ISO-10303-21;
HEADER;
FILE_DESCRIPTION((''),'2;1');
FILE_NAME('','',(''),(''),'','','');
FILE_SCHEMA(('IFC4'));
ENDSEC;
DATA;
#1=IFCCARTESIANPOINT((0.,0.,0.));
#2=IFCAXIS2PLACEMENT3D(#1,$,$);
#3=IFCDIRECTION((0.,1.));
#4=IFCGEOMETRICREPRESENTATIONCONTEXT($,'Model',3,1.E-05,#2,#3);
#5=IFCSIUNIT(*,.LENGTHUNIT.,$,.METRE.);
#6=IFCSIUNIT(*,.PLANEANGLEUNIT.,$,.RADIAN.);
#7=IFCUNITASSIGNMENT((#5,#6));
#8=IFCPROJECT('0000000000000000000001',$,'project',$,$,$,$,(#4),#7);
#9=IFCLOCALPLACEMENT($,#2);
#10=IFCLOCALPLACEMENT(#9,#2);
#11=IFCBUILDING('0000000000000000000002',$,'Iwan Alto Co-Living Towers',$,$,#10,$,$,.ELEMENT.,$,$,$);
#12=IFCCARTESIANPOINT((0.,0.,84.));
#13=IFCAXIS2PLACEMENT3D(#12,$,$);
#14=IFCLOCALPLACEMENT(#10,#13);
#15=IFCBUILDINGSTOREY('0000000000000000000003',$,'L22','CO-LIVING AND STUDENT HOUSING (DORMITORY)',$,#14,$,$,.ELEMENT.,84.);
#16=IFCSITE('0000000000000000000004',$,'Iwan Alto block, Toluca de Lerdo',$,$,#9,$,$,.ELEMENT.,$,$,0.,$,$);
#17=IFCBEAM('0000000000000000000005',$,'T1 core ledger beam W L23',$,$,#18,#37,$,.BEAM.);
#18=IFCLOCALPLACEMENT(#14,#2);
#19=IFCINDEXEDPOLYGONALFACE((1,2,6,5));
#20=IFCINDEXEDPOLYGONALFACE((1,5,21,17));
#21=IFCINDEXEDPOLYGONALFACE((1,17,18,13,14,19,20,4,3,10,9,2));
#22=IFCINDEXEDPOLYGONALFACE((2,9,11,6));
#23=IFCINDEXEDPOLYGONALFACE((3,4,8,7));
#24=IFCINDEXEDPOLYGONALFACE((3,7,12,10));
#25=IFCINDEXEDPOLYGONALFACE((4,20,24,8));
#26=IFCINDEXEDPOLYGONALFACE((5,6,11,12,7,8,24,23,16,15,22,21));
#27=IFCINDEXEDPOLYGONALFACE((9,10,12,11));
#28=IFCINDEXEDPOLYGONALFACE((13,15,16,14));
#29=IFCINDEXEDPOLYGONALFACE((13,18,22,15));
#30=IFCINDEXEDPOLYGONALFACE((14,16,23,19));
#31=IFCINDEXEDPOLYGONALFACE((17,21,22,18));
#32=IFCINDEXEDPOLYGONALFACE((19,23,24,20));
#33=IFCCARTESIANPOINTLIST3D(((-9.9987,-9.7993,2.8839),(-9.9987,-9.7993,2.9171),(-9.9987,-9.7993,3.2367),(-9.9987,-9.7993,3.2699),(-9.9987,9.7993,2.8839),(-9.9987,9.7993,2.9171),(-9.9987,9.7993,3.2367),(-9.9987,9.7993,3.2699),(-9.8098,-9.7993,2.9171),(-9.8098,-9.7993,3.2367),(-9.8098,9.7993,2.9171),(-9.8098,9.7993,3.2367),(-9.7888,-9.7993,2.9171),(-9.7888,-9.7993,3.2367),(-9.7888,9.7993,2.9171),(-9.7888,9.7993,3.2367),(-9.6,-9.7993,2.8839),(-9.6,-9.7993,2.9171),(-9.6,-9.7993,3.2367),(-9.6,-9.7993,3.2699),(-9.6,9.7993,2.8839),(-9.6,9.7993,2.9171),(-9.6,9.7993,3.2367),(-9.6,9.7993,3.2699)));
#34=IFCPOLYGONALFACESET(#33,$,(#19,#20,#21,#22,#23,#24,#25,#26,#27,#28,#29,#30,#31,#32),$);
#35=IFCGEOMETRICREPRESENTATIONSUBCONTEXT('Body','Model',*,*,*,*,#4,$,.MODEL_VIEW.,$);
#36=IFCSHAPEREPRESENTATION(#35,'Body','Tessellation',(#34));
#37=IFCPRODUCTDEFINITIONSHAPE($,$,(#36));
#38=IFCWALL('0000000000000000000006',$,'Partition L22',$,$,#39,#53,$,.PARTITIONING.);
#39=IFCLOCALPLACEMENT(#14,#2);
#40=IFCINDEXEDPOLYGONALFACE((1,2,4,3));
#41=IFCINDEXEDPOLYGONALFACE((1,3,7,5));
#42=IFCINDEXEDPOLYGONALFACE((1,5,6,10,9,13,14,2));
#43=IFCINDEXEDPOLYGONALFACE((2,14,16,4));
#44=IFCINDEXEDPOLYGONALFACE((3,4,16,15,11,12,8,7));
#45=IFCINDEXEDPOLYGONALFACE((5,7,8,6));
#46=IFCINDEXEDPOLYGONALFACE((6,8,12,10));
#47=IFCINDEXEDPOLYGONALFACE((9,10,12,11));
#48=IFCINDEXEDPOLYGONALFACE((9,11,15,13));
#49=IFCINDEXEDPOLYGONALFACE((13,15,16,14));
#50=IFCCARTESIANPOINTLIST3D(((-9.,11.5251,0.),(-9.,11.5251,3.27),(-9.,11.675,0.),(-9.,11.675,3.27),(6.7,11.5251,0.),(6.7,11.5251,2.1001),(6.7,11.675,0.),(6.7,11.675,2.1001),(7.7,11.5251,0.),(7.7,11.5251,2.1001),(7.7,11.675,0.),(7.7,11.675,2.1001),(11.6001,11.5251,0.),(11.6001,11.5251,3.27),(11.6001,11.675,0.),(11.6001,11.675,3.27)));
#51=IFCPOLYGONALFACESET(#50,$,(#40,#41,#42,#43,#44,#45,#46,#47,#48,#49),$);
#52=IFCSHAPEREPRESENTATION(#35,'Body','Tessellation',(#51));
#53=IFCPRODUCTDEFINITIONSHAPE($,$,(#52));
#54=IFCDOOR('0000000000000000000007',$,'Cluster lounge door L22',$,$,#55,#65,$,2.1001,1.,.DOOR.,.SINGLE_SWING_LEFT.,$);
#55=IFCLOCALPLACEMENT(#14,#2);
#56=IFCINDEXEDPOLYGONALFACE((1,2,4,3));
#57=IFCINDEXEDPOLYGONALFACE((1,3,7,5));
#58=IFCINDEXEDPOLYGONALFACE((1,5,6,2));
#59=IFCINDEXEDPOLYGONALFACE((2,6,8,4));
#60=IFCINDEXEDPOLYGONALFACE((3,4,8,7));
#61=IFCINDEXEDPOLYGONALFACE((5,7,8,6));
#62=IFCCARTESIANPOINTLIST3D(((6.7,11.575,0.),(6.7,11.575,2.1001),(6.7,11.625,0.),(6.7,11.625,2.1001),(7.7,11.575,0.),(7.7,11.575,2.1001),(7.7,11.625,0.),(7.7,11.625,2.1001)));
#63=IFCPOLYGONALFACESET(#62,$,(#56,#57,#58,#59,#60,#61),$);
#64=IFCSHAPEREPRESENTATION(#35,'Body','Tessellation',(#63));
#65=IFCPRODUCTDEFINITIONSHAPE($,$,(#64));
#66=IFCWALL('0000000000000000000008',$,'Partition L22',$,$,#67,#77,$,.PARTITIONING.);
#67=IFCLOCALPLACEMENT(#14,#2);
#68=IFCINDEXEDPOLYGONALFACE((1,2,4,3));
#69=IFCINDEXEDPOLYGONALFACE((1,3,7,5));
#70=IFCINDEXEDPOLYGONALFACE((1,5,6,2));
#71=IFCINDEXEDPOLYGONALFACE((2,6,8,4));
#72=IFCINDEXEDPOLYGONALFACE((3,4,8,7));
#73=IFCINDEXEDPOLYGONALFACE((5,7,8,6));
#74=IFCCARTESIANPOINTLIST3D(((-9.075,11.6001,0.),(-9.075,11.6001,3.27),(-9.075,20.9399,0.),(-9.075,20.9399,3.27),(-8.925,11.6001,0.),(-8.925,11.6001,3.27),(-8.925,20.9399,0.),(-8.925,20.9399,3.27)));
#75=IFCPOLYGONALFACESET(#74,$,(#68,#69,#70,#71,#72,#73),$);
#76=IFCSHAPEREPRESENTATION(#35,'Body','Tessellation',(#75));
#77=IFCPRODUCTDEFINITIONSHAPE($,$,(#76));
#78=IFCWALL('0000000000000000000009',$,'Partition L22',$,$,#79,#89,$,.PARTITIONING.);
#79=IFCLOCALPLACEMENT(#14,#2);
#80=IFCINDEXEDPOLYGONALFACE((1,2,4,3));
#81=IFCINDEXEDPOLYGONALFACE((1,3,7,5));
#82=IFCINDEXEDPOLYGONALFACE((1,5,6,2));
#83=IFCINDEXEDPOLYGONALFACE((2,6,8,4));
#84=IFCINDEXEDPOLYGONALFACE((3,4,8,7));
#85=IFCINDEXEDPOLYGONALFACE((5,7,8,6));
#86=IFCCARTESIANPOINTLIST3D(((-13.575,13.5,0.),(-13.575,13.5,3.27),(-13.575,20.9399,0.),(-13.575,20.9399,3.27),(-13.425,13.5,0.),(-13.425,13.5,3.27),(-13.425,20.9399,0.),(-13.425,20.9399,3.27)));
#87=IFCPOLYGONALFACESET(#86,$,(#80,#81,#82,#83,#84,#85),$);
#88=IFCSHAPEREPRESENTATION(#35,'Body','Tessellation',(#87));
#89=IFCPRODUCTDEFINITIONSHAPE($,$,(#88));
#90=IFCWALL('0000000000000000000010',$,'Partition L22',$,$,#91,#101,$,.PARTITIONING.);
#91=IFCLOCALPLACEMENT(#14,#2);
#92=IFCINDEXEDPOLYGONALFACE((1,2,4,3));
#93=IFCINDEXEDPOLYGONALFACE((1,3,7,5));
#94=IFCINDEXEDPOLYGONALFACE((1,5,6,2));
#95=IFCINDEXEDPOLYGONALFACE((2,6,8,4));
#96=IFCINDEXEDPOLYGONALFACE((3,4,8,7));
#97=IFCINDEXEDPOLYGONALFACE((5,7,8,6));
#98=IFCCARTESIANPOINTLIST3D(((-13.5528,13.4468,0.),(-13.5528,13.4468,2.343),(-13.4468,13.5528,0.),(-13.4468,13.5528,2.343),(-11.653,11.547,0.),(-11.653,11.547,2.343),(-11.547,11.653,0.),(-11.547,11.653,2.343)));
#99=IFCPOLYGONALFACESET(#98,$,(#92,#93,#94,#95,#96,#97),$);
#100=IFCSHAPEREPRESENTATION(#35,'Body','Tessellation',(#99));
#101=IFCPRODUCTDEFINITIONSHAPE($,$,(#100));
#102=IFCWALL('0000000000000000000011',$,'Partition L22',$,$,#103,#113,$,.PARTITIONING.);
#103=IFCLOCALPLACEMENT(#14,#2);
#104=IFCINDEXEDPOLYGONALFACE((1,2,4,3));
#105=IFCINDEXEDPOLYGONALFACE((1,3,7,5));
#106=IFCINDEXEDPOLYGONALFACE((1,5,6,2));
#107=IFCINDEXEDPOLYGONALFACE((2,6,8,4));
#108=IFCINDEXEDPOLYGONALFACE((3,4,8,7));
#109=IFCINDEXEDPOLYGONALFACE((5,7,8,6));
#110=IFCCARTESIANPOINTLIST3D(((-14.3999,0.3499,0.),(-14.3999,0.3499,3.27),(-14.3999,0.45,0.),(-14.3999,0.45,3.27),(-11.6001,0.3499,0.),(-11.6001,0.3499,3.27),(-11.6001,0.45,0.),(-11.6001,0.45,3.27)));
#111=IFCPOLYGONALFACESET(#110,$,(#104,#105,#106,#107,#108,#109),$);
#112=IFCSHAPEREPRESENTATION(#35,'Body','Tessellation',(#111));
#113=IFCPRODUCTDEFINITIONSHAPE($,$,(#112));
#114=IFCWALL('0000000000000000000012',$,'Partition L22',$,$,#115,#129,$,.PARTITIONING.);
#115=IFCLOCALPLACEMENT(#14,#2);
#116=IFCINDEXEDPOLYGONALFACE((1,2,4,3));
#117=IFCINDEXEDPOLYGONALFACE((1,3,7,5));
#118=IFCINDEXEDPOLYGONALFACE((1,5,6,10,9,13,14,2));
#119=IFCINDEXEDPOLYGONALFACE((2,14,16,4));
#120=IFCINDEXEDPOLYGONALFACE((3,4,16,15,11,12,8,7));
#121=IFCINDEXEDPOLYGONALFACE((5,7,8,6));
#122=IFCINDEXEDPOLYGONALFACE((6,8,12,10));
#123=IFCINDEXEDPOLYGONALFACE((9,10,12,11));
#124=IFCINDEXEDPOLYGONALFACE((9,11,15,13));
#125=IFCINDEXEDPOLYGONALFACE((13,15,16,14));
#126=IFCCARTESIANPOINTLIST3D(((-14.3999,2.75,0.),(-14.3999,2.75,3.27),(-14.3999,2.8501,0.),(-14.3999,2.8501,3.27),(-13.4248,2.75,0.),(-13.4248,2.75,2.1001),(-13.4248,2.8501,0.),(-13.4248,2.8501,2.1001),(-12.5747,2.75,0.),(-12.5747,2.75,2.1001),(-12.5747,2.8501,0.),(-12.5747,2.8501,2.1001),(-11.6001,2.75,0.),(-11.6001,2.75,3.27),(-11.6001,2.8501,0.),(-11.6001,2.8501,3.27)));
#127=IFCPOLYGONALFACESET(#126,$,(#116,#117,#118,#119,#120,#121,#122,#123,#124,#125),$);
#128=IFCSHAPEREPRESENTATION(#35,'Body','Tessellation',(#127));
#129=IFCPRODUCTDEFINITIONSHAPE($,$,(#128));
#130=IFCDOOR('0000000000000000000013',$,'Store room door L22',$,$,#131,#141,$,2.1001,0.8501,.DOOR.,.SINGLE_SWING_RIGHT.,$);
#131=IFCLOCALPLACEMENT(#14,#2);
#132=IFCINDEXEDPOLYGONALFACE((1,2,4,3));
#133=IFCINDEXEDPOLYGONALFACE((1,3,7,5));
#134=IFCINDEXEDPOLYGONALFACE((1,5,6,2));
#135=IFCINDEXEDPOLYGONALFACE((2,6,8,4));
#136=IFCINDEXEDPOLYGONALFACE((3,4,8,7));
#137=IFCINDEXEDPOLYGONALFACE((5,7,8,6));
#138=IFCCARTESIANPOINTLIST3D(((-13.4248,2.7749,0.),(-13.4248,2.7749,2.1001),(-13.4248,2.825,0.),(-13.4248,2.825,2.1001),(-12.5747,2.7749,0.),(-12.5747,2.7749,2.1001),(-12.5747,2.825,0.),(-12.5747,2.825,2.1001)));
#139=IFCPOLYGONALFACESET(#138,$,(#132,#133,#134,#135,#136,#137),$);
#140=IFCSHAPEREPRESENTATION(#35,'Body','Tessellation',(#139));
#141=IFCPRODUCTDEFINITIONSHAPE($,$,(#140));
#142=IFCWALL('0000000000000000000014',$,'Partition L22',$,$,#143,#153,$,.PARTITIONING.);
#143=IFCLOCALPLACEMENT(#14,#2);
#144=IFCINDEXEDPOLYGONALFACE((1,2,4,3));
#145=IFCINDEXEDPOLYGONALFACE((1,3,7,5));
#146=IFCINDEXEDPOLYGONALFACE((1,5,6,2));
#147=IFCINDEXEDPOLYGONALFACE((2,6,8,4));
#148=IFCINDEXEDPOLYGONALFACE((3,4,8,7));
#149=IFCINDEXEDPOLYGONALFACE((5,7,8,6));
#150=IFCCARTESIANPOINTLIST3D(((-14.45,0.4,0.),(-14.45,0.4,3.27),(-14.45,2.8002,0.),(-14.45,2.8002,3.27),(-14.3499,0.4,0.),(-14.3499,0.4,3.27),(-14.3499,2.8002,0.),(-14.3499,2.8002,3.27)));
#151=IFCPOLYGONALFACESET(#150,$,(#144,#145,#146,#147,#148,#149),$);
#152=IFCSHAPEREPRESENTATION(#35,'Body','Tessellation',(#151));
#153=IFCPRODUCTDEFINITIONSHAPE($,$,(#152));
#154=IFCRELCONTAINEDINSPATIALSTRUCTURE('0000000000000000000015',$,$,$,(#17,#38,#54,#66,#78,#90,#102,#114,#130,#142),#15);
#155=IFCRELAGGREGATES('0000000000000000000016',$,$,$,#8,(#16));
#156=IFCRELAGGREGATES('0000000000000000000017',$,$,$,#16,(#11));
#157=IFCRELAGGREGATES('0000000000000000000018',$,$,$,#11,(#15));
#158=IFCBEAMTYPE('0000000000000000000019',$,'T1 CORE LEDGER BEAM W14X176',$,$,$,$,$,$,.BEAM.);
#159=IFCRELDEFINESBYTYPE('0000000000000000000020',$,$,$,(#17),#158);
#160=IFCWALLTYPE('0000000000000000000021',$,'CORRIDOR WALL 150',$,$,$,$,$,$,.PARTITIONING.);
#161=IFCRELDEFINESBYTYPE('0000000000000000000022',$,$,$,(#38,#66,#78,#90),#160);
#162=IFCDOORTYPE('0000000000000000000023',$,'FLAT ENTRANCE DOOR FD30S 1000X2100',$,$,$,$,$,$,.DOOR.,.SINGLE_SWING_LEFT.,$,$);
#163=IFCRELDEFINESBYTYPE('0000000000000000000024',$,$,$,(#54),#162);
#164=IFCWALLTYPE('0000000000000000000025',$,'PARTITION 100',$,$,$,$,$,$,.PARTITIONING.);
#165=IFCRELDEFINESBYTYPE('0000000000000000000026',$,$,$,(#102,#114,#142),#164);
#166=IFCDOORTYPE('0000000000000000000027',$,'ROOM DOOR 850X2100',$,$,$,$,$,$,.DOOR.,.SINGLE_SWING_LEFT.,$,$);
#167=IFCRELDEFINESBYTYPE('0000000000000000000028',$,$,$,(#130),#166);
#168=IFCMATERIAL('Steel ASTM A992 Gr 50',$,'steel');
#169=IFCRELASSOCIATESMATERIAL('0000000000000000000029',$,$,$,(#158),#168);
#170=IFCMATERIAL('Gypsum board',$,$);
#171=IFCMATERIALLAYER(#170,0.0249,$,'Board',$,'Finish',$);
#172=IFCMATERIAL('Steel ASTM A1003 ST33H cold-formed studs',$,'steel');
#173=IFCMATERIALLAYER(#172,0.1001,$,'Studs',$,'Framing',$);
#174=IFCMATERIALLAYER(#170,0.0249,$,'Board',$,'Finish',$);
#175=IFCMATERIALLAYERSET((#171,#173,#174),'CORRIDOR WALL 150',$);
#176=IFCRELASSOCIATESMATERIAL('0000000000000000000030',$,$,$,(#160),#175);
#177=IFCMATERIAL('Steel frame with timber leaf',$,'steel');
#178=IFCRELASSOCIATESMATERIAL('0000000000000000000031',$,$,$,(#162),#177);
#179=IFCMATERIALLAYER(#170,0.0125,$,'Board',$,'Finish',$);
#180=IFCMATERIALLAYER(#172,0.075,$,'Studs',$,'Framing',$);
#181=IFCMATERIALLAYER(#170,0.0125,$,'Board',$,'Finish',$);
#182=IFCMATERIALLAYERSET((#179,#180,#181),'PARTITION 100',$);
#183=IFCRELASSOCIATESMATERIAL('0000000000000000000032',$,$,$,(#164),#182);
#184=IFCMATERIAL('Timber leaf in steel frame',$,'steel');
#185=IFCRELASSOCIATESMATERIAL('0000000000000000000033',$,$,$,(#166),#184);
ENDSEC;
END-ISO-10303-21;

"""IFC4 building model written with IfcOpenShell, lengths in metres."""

from ifc_helpers import new_model, si_unit, direction, frame, frame_2d, origin, origin_2d, place, context, subcontext, project, spatial, rectangle, i_section, extrude, material, layer, layer_set, material_profile, profile_set, type_object, element, fill, save


model = new_model("IFC4")

# Units and contexts
model_context = context("Model", 3, precision=1e-05, world=origin(), true_north=direction((0.0, 1.0)))
body_context = subcontext(model_context, "Body", "Model", "MODEL_VIEW")
ifc_project = project(units=[si_unit("LENGTHUNIT", "METRE"), si_unit("PLANEANGLEUNIT", "RADIAN")], contexts=[model_context])

# Site, building, storey
site_placement = place(None, origin())
site = spatial("IfcSite", under=ifc_project, at=site_placement, Name="Iwan Alto block, Toluca de Lerdo", CompositionType="ELEMENT", RefElevation=0.0)
building_placement = place(site_placement, origin())
building = spatial("IfcBuilding", under=site, at=building_placement, Name="Iwan Alto Co-Living Towers", CompositionType="ELEMENT")
storey_placement = place(building_placement, frame((0.0, 0.0, 84.0)))
storey = spatial("IfcBuildingStorey", under=building, at=storey_placement, Name="L22", Description="CO-LIVING AND STUDENT HOUSING (DORMITORY)", CompositionType="ELEMENT", Elevation=84.0)

# Beam
ifc_material_1 = material(Name="Steel ASTM A992 Gr 50", Category="steel")
ifc_material_profile = material_profile(ifc_material_1, i_section(OverallWidth=0.3987, OverallDepth=0.386, WebThickness=0.021, FlangeThickness=0.0332, at=origin_2d()), Name="W14X176")
ifc_profile_set = profile_set([ifc_material_profile], Name="Steel ASTM A992 Gr 50")
beam_type = type_object("IfcBeamType", Name="T1 CORE LEDGER BEAM W14X176", PredefinedType="BEAM", material=ifc_profile_set)
beam_placement = place(storey_placement, frame((-9.7993, 9.7993, 3.0769), z_axis=(0.0, -1.0, 0.0), x_axis=(1.0, 0.0, 0.0)))
element("IfcBeam", 1, at=beam_placement, inside=storey, type_object=beam_type, Name="T1 core ledger beam W L23", PredefinedType="BEAM", context=body_context, shape_type="SweptSolid", body=[
    extrude(i_section(OverallWidth=0.3987, OverallDepth=0.386, WebThickness=0.021, FlangeThickness=0.0332, at=origin_2d()), origin(), (0.0, 0.0, 1.0), 19.5986),
])

# Wall, opening, door
ifc_material_2 = material(Name="Gypsum board")
ifc_layer_1 = layer(ifc_material_2, 0.0249, Name="Board", Category="Finish")
ifc_material_3 = material(Name="Steel ASTM A1003 ST33H cold-formed studs", Category="steel")
ifc_layer_2 = layer(ifc_material_3, 0.1001, Name="Studs", Category="Framing")
ifc_layer_3 = layer(ifc_material_2, 0.0249, Name="Board", Category="Finish")
ifc_layer_set_1 = layer_set([ifc_layer_1, ifc_layer_2, ifc_layer_3], Name="CORRIDOR WALL 150")
wall_type_1 = type_object("IfcWallType", Name="CORRIDOR WALL 150", PredefinedType="PARTITIONING", material=ifc_layer_set_1)
wall_1_placement = place(storey_placement, frame((-9.0, 11.6001, 0.0), z_axis=(0.0, 0.0, 1.0), x_axis=(1.0, 0.0, 0.0)))
wall_1 = element("IfcWall", 2, at=wall_1_placement, inside=storey, type_object=wall_type_1, Name="Partition L22", PredefinedType="PARTITIONING", context=body_context, shape_type="SweptSolid", body=[
    extrude(rectangle(XDim=20.6001, YDim=0.1499, at=frame_2d((10.3, 0.0))), origin(), (0.0, 0.0, 1.0), 3.27),
])
opening_1_placement = place(wall_1_placement, frame((15.7, 0.0, 0.0)))
opening_1 = element("IfcOpeningElement", 3, at=opening_1_placement, cuts=wall_1, PredefinedType="OPENING", context=body_context, shape_type="SweptSolid", body=[
    extrude(rectangle(XDim=1.0, YDim=2.1001, at=frame_2d((0.5, 1.05))), frame((0.0, 0.085, 0.0), z_axis=(0.0, -1.0, 0.0), x_axis=(1.0, 0.0, 0.0)), (0.0, 0.0, 1.0), 0.1699),
])
ifc_material_4 = material(Name="Steel frame with timber leaf", Category="steel")
door_type_1 = type_object("IfcDoorType", Name="FLAT ENTRANCE DOOR FD30S 1000X2100", OperationType="SINGLE_SWING_LEFT", PredefinedType="DOOR", material=ifc_material_4)
door_1_placement = place(opening_1_placement, origin())
door_1 = element("IfcDoor", 4, at=door_1_placement, inside=storey, type_object=door_type_1, Name="Cluster lounge door L22", OperationType="SINGLE_SWING_LEFT", OverallHeight=2.1001, OverallWidth=1.0, PredefinedType="DOOR", context=body_context, shape_type="SweptSolid", body=[
    extrude(rectangle(XDim=1.0, YDim=2.1001, at=frame_2d((0.5, 1.05))), frame((0.0, 0.0249, 0.0), z_axis=(0.0, -1.0, 0.0), x_axis=(1.0, 0.0, 0.0)), (0.0, 0.0, 1.0), 0.05),
])
fill(opening_1, door_1)

# Walls
wall_2_placement = place(storey_placement, frame((-9.0, 11.6001, 0.0), z_axis=(0.0, 0.0, 1.0), x_axis=(0.0, 1.0, 0.0)))
element("IfcWall", 5, at=wall_2_placement, inside=storey, type_object=wall_type_1, Name="Partition L22", PredefinedType="PARTITIONING", context=body_context, shape_type="SweptSolid", body=[
    extrude(rectangle(XDim=9.3398, YDim=0.1499, at=frame_2d((4.6699, 0.0))), origin(), (0.0, 0.0, 1.0), 3.27),
])
wall_3_placement = place(storey_placement, frame((-13.5, 13.5, 0.0), z_axis=(0.0, 0.0, 1.0), x_axis=(0.0, 1.0, 0.0)))
element("IfcWall", 6, at=wall_3_placement, inside=storey, type_object=wall_type_1, Name="Partition L22", PredefinedType="PARTITIONING", context=body_context, shape_type="SweptSolid", body=[
    extrude(rectangle(XDim=7.4399, YDim=0.1499, at=frame_2d((3.72, 0.0))), origin(), (0.0, 0.0, 1.0), 3.27),
])
wall_4_placement = place(storey_placement, frame((-11.6001, 11.6001, 0.0), z_axis=(0.0, 0.0, 1.0), x_axis=(-0.707107, 0.707107, 0.0)))
element("IfcWall", 7, at=wall_4_placement, inside=storey, type_object=wall_type_1, Name="Partition L22", PredefinedType="PARTITIONING", context=body_context, shape_type="SweptSolid", body=[
    extrude(rectangle(XDim=2.6868, YDim=0.1499, at=frame_2d((1.3433, 0.0))), origin(), (0.0, 0.0, 1.0), 2.343),
])
ifc_layer_4 = layer(ifc_material_2, 0.0125, Name="Board", Category="Finish")
ifc_layer_5 = layer(ifc_material_3, 0.075, Name="Studs", Category="Framing")
ifc_layer_6 = layer(ifc_material_2, 0.0125, Name="Board", Category="Finish")
ifc_layer_set_2 = layer_set([ifc_layer_4, ifc_layer_5, ifc_layer_6], Name="PARTITION 100")
wall_type_2 = type_object("IfcWallType", Name="PARTITION 100", PredefinedType="PARTITIONING", material=ifc_layer_set_2)
wall_5_placement = place(storey_placement, frame((-14.3999, 0.3999, 0.0), z_axis=(0.0, 0.0, 1.0), x_axis=(1.0, 0.0, 0.0)))
element("IfcWall", 8, at=wall_5_placement, inside=storey, type_object=wall_type_2, Name="Partition L22", PredefinedType="PARTITIONING", context=body_context, shape_type="SweptSolid", body=[
    extrude(rectangle(XDim=2.7998, YDim=0.1001, at=frame_2d((1.3999, 0.0))), origin(), (0.0, 0.0, 1.0), 3.27),
])

# Wall, opening, door
wall_6_placement = place(storey_placement, frame((-14.3999, 2.8, 0.0), z_axis=(0.0, 0.0, 1.0), x_axis=(1.0, 0.0, 0.0)))
wall_6 = element("IfcWall", 9, at=wall_6_placement, inside=storey, type_object=wall_type_2, Name="Partition L22", PredefinedType="PARTITIONING", context=body_context, shape_type="SweptSolid", body=[
    extrude(rectangle(XDim=2.7998, YDim=0.1001, at=frame_2d((1.3999, 0.0))), origin(), (0.0, 0.0, 1.0), 3.27),
])
opening_2_placement = place(wall_6_placement, frame((0.9751, 0.0, 0.0)))
opening_2 = element("IfcOpeningElement", 10, at=opening_2_placement, cuts=wall_6, PredefinedType="OPENING", context=body_context, shape_type="SweptSolid", body=[
    extrude(rectangle(XDim=0.8501, YDim=2.1001, at=frame_2d((0.425, 1.05))), frame((0.0, 0.0601, 0.0), z_axis=(0.0, -1.0, 0.0), x_axis=(1.0, 0.0, 0.0)), (0.0, 0.0, 1.0), 0.1201),
])
ifc_material_5 = material(Name="Timber leaf in steel frame", Category="steel")
door_type_2 = type_object("IfcDoorType", Name="ROOM DOOR 850X2100", OperationType="SINGLE_SWING_LEFT", PredefinedType="DOOR", material=ifc_material_5)
door_2_placement = place(opening_2_placement, origin())
door_2 = element("IfcDoor", 11, at=door_2_placement, inside=storey, type_object=door_type_2, Name="Store room door L22", OperationType="SINGLE_SWING_RIGHT", OverallHeight=2.1001, OverallWidth=0.8501, PredefinedType="DOOR", context=body_context, shape_type="SweptSolid", body=[
    extrude(rectangle(XDim=0.8501, YDim=2.1001, at=frame_2d((0.425, 1.05))), frame((0.0, 0.0249, 0.0), z_axis=(0.0, -1.0, 0.0), x_axis=(1.0, 0.0, 0.0)), (0.0, 0.0, 1.0), 0.05),
])
fill(opening_2, door_2)

# Wall
wall_7_placement = place(storey_placement, frame((-14.3999, 0.3999, 0.0), z_axis=(0.0, 0.0, 1.0), x_axis=(0.0, 1.0, 0.0)))
element("IfcWall", 12, at=wall_7_placement, inside=storey, type_object=wall_type_2, Name="Partition L22", PredefinedType="PARTITIONING", context=body_context, shape_type="SweptSolid", body=[
    extrude(rectangle(XDim=2.4001, YDim=0.1001, at=frame_2d((1.2002, 0.0))), origin(), (0.0, 0.0, 1.0), 3.27),
])

save(model, "model.ifc")
